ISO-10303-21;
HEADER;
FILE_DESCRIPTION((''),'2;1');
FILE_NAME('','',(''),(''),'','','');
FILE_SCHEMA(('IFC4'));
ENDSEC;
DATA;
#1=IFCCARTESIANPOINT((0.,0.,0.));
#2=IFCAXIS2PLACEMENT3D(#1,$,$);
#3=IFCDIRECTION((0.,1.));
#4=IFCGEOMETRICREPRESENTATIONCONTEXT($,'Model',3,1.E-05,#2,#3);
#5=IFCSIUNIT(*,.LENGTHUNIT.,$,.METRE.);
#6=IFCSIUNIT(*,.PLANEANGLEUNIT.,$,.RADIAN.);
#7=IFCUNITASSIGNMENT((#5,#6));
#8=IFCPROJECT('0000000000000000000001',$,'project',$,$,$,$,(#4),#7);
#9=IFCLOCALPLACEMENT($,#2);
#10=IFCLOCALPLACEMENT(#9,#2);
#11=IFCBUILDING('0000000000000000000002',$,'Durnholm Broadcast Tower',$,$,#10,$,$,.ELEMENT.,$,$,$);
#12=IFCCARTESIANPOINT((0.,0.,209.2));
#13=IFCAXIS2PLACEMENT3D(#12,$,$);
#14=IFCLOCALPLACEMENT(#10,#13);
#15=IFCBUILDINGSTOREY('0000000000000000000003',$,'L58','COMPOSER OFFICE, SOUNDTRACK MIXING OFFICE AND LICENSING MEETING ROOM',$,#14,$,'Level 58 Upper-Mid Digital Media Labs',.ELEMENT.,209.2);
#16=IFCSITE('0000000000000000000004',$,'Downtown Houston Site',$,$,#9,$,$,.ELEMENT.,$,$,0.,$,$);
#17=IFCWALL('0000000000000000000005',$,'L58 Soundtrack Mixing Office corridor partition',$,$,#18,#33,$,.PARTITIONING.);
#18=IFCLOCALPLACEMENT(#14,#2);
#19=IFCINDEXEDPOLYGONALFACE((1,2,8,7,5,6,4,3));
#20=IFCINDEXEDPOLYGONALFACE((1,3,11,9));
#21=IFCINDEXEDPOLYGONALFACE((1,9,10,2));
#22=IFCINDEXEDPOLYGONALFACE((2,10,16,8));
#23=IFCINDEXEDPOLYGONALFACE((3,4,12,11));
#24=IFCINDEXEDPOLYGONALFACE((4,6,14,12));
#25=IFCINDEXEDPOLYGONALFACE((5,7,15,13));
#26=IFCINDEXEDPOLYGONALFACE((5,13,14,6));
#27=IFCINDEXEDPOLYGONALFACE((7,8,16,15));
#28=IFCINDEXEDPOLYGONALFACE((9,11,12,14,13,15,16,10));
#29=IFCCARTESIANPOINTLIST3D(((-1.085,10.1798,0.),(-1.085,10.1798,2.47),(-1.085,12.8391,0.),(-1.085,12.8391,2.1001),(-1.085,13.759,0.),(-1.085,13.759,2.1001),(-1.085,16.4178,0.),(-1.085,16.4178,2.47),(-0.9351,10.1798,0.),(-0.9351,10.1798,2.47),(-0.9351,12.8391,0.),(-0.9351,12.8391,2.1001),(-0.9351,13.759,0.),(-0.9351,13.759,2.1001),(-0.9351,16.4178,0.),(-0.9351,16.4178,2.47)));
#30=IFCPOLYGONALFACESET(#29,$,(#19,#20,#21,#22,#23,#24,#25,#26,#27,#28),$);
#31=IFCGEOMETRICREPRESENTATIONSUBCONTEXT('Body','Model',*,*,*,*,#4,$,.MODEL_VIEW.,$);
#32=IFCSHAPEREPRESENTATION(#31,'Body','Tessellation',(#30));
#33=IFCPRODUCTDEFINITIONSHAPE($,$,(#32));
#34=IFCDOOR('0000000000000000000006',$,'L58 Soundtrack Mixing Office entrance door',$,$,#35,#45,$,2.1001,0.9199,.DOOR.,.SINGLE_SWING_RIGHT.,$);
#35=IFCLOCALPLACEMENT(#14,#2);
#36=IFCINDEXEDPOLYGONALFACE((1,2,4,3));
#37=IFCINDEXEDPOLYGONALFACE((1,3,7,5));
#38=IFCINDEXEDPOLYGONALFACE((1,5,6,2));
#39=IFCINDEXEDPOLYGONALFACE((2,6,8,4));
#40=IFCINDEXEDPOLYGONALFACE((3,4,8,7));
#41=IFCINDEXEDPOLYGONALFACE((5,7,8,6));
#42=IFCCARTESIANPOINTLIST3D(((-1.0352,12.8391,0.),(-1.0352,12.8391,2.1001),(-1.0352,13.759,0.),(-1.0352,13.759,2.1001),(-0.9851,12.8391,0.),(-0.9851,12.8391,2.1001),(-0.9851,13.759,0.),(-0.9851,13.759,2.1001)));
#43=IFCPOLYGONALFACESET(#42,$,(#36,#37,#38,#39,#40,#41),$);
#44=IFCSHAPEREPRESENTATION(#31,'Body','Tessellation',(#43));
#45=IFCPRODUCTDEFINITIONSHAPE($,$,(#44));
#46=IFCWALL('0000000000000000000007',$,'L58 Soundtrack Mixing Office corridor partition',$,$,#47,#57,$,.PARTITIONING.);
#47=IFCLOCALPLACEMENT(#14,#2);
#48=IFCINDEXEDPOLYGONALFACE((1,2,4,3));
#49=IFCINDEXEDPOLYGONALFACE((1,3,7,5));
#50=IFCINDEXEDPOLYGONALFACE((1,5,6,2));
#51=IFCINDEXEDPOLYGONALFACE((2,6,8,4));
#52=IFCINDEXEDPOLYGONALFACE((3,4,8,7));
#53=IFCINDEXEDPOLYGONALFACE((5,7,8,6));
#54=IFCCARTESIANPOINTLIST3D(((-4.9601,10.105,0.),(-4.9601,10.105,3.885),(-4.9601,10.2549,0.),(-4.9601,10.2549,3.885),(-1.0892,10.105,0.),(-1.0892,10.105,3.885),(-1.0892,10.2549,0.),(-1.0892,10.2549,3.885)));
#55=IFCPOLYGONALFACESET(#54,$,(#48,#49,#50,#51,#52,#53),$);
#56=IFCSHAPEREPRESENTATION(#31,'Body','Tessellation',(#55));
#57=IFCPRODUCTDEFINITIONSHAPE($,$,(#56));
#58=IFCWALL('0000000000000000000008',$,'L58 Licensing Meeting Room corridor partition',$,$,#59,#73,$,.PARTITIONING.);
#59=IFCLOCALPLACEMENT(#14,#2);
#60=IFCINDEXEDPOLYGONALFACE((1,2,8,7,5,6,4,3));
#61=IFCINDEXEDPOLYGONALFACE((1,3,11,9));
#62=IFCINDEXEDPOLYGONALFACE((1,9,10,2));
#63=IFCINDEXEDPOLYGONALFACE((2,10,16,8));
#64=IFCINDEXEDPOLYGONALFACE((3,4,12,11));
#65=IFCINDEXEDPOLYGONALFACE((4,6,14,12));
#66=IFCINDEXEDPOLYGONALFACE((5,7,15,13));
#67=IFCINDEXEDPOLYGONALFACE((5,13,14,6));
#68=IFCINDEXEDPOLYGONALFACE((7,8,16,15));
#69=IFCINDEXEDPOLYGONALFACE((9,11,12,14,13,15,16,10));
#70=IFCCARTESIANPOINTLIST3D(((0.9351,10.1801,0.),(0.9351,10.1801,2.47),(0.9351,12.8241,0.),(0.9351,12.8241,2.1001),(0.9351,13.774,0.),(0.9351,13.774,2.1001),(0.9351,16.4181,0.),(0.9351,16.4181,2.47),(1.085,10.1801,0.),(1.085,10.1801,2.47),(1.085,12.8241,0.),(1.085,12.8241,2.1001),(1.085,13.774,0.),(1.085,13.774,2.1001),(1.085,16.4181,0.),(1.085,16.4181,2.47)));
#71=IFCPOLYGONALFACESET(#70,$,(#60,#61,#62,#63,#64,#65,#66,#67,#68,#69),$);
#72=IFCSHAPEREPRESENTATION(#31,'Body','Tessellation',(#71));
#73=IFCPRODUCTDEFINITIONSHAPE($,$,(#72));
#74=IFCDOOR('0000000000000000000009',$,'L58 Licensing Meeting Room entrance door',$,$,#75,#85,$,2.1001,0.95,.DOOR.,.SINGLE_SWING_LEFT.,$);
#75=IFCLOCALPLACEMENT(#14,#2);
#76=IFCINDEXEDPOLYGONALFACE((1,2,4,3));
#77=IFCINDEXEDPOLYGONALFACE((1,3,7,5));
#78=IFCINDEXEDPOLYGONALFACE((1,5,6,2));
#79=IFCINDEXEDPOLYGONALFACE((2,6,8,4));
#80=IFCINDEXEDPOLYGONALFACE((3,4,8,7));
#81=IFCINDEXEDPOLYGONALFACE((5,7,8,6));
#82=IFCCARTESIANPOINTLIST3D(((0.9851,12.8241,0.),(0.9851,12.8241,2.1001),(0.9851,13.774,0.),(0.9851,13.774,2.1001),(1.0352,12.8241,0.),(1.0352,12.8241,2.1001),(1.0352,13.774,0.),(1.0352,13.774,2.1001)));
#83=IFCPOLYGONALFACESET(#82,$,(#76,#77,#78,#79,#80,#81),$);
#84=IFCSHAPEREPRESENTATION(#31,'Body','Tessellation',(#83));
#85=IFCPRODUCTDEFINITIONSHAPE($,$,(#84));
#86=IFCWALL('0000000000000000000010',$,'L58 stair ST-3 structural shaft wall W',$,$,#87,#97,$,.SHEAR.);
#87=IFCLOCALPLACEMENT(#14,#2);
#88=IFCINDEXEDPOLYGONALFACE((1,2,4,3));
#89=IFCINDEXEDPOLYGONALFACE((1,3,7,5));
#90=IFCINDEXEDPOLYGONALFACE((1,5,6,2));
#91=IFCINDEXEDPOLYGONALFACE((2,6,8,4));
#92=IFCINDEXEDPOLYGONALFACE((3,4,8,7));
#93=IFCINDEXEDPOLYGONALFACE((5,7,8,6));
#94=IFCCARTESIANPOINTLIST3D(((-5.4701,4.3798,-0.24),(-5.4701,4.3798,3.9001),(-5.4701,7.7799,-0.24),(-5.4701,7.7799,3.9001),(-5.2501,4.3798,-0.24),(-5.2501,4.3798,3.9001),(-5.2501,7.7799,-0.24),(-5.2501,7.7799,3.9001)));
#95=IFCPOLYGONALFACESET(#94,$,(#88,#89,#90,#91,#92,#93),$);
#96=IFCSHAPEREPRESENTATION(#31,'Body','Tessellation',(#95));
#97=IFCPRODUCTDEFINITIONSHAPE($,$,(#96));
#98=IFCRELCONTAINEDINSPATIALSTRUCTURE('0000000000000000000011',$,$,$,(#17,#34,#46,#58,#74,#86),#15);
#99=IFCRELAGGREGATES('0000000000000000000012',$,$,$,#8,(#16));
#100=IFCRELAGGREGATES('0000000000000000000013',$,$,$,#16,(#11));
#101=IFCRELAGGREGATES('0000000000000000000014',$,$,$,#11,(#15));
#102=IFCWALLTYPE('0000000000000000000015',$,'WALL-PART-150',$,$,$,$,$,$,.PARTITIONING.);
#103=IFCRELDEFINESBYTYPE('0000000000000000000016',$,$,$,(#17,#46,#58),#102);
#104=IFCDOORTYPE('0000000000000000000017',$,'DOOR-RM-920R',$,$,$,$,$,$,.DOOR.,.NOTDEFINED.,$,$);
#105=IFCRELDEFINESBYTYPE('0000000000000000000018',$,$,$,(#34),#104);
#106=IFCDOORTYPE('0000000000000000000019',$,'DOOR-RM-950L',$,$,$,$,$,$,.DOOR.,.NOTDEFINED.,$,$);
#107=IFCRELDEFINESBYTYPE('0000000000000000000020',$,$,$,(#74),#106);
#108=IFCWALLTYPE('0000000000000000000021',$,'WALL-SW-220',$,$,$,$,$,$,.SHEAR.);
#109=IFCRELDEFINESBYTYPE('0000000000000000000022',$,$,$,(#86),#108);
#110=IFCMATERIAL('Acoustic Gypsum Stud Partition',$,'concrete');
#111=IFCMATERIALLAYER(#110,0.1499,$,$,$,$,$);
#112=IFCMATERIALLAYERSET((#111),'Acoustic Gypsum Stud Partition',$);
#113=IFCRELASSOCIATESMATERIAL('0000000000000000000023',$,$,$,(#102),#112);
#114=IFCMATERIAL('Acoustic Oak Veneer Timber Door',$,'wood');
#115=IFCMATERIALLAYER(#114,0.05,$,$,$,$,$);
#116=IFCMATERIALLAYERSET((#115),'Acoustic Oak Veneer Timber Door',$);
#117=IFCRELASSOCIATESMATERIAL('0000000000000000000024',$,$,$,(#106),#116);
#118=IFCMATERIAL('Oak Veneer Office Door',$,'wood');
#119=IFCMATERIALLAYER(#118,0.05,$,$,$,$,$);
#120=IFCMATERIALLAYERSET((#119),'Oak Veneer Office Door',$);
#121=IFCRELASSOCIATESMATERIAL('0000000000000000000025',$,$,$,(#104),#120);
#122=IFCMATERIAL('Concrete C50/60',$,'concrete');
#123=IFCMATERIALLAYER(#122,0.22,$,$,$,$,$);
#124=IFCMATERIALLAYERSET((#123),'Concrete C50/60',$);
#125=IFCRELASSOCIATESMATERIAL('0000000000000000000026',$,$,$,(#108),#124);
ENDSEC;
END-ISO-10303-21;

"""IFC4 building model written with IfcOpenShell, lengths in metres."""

from ifc_helpers import new_model, si_unit, direction, frame, frame_2d, origin, place, context, subcontext, project, spatial, rectangle, extrude, source, transform, mapped, material, layer, layer_set, type_object, type_shapes, element, fill, save


model = new_model("IFC4")

# Units and contexts
model_context = context("Model", 3, precision=1e-05, world=origin(), true_north=direction((0.0, 1.0)))
body_context = subcontext(model_context, "Body", "Model", "MODEL_VIEW")
ifc_project = project(units=[si_unit("LENGTHUNIT", "METRE"), si_unit("PLANEANGLEUNIT", "RADIAN")], contexts=[model_context])

# Site, building, storey
site_placement = place(None, origin())
site = spatial("IfcSite", under=ifc_project, at=site_placement, Name="Downtown Houston Site", CompositionType="ELEMENT", RefElevation=0.0)
building_placement = place(site_placement, origin())
building = spatial("IfcBuilding", under=site, at=building_placement, Name="Durnholm Broadcast Tower", CompositionType="ELEMENT")
storey_placement = place(building_placement, frame((0.0, 0.0, 209.2)))
storey = spatial("IfcBuildingStorey", under=building, at=storey_placement, Name="L58", Description="COMPOSER OFFICE, SOUNDTRACK MIXING OFFICE AND LICENSING MEETING ROOM", LongName="Level 58 Upper-Mid Digital Media Labs", CompositionType="ELEMENT", Elevation=209.2)

# Wall, opening, door
ifc_material_1 = material(Name="Acoustic Gypsum Stud Partition", Category="concrete")
ifc_layer_1 = layer(ifc_material_1, 0.1499)
ifc_layer_set_1 = layer_set([ifc_layer_1], Name="Acoustic Gypsum Stud Partition")
wall_type_1 = type_object("IfcWallType", Name="WALL-PART-150", PredefinedType="PARTITIONING", material=ifc_layer_set_1)
ifc_material_2 = material(Name="Acoustic Oak Veneer Timber Door", Category="wood")
ifc_layer_2 = layer(ifc_material_2, 0.05)
ifc_layer_set_2 = layer_set([ifc_layer_2], Name="Acoustic Oak Veneer Timber Door")
door_type_1 = type_object("IfcDoorType", Name="DOOR-RM-950L", OperationType="NOTDEFINED", PredefinedType="DOOR", material=ifc_layer_set_2)
shared_shape_1 = source(origin(), body_context, "Body", "SweptSolid", [
    extrude(rectangle(XDim=0.95, YDim=2.1001, at=frame_2d((0.4751, 1.05))), frame((0.0, 0.0249, 0.0), z_axis=(0.0, -1.0, 0.0), x_axis=(1.0, 0.0, 0.0)), (0.0, 0.0, 1.0), 0.05),
])
type_shapes(door_type_1, [shared_shape_1])
wall_1_placement = place(storey_placement, frame((-1.01, 16.418, 0.0), z_axis=(0.0, 0.0, 1.0), x_axis=(0.0, -1.0, 0.0)))
wall_1 = element("IfcWall", 1, at=wall_1_placement, inside=storey, type_object=wall_type_1, Name="L58 Soundtrack Mixing Office corridor partition", PredefinedType="PARTITIONING", context=body_context, shape_type="SweptSolid", body=[
    extrude(rectangle(XDim=6.238, YDim=0.1499, at=frame_2d((3.1191, 0.0))), origin(), (0.0, 0.0, 1.0), 2.47),
])
opening_1_placement = place(wall_1_placement, frame((2.6589, 0.0, 0.0)))
opening_1 = element("IfcOpeningElement", 2, at=opening_1_placement, cuts=wall_1, PredefinedType="OPENING", context=body_context, shape_type="SweptSolid", body=[
    extrude(rectangle(XDim=0.9199, YDim=2.1001, at=frame_2d((0.46, 1.05))), frame((0.0, 0.085, 0.0), z_axis=(0.0, -1.0, 0.0), x_axis=(1.0, 0.0, 0.0)), (0.0, 0.0, 1.0), 0.1699),
])
ifc_material_3 = material(Name="Oak Veneer Office Door", Category="wood")
ifc_layer_3 = layer(ifc_material_3, 0.05)
ifc_layer_set_3 = layer_set([ifc_layer_3], Name="Oak Veneer Office Door")
door_type_2 = type_object("IfcDoorType", Name="DOOR-RM-920R", OperationType="NOTDEFINED", PredefinedType="DOOR", material=ifc_layer_set_3)
shared_shape_2 = source(origin(), body_context, "Body", "SweptSolid", [
    extrude(rectangle(XDim=0.9199, YDim=2.1001, at=frame_2d((0.46, 1.05))), frame((0.0, 0.0249, 0.0), z_axis=(0.0, -1.0, 0.0), x_axis=(1.0, 0.0, 0.0)), (0.0, 0.0, 1.0), 0.05),
])
type_shapes(door_type_2, [shared_shape_2])
door_1_placement = place(opening_1_placement, origin())
door_1 = element("IfcDoor", 3, at=door_1_placement, inside=storey, type_object=door_type_2, Name="L58 Soundtrack Mixing Office entrance door", OperationType="SINGLE_SWING_RIGHT", OverallHeight=2.1001, OverallWidth=0.9199, PredefinedType="DOOR", context=body_context, shape_type="MappedRepresentation", body=[
    mapped(shared_shape_2, transform((0.0, 0.0, 0.0), x_axis=(1.0, 0.0, 0.0), y_axis=(0.0, 1.0, 0.0), z_axis=(0.0, 0.0, 1.0), scale=1.0)),
])
fill(opening_1, door_1)

# Wall
wall_2_placement = place(storey_placement, frame((-1.0891, 10.1799, 0.0), z_axis=(0.0, 0.0, 1.0), x_axis=(-1.0, 0.0, 0.0)))
element("IfcWall", 4, at=wall_2_placement, inside=storey, type_object=wall_type_1, Name="L58 Soundtrack Mixing Office corridor partition", PredefinedType="PARTITIONING", context=body_context, shape_type="SweptSolid", body=[
    extrude(rectangle(XDim=3.8708, YDim=0.1499, at=frame_2d((1.9355, 0.0))), origin(), (0.0, 0.0, 1.0), 3.885),
])

# Wall, opening, door
wall_3_placement = place(storey_placement, frame((1.01, 10.1799, 0.0), z_axis=(0.0, 0.0, 1.0), x_axis=(0.0, 1.0, 0.0)))
wall_3 = element("IfcWall", 5, at=wall_3_placement, inside=storey, type_object=wall_type_1, Name="L58 Licensing Meeting Room corridor partition", PredefinedType="PARTITIONING", context=body_context, shape_type="SweptSolid", body=[
    extrude(rectangle(XDim=6.238, YDim=0.1499, at=frame_2d((3.1191, 0.0))), origin(), (0.0, 0.0, 1.0), 2.47),
])
opening_2_placement = place(wall_3_placement, frame((2.644, 0.0, 0.0)))
opening_2 = element("IfcOpeningElement", 6, at=opening_2_placement, cuts=wall_3, PredefinedType="OPENING", context=body_context, shape_type="SweptSolid", body=[
    extrude(rectangle(XDim=0.95, YDim=2.1001, at=frame_2d((0.4751, 1.05))), frame((0.0, 0.085, 0.0), z_axis=(0.0, -1.0, 0.0), x_axis=(1.0, 0.0, 0.0)), (0.0, 0.0, 1.0), 0.1699),
])
door_2_placement = place(opening_2_placement, origin())
door_2 = element("IfcDoor", 7, at=door_2_placement, inside=storey, type_object=door_type_1, Name="L58 Licensing Meeting Room entrance door", OperationType="SINGLE_SWING_LEFT", OverallHeight=2.1001, OverallWidth=0.95, PredefinedType="DOOR", context=body_context, shape_type="MappedRepresentation", body=[
    mapped(shared_shape_1, transform((0.0, 0.0, 0.0), x_axis=(1.0, 0.0, 0.0), y_axis=(0.0, 1.0, 0.0), z_axis=(0.0, 0.0, 1.0), scale=1.0)),
])
fill(opening_2, door_2)

# Wall
ifc_material_4 = material(Name="Concrete C50/60", Category="concrete")
ifc_layer_4 = layer(ifc_material_4, 0.22)
ifc_layer_set_4 = layer_set([ifc_layer_4], Name="Concrete C50/60")
wall_type_2 = type_object("IfcWallType", Name="WALL-SW-220", PredefinedType="SHEAR", material=ifc_layer_set_4)
wall_4_placement = place(storey_placement, frame((-5.3601, 7.78, -0.24), z_axis=(0.0, 0.0, 1.0), x_axis=(0.0, -1.0, 0.0)))
element("IfcWall", 8, at=wall_4_placement, inside=storey, type_object=wall_type_2, Name="L58 stair ST-3 structural shaft wall W", PredefinedType="SHEAR", context=body_context, shape_type="SweptSolid", body=[
    extrude(rectangle(XDim=3.4001, YDim=0.22, at=frame_2d((1.7002, 0.0))), origin(), (0.0, 0.0, 1.0), 4.1401),
])

save(model, "model.ifc")
